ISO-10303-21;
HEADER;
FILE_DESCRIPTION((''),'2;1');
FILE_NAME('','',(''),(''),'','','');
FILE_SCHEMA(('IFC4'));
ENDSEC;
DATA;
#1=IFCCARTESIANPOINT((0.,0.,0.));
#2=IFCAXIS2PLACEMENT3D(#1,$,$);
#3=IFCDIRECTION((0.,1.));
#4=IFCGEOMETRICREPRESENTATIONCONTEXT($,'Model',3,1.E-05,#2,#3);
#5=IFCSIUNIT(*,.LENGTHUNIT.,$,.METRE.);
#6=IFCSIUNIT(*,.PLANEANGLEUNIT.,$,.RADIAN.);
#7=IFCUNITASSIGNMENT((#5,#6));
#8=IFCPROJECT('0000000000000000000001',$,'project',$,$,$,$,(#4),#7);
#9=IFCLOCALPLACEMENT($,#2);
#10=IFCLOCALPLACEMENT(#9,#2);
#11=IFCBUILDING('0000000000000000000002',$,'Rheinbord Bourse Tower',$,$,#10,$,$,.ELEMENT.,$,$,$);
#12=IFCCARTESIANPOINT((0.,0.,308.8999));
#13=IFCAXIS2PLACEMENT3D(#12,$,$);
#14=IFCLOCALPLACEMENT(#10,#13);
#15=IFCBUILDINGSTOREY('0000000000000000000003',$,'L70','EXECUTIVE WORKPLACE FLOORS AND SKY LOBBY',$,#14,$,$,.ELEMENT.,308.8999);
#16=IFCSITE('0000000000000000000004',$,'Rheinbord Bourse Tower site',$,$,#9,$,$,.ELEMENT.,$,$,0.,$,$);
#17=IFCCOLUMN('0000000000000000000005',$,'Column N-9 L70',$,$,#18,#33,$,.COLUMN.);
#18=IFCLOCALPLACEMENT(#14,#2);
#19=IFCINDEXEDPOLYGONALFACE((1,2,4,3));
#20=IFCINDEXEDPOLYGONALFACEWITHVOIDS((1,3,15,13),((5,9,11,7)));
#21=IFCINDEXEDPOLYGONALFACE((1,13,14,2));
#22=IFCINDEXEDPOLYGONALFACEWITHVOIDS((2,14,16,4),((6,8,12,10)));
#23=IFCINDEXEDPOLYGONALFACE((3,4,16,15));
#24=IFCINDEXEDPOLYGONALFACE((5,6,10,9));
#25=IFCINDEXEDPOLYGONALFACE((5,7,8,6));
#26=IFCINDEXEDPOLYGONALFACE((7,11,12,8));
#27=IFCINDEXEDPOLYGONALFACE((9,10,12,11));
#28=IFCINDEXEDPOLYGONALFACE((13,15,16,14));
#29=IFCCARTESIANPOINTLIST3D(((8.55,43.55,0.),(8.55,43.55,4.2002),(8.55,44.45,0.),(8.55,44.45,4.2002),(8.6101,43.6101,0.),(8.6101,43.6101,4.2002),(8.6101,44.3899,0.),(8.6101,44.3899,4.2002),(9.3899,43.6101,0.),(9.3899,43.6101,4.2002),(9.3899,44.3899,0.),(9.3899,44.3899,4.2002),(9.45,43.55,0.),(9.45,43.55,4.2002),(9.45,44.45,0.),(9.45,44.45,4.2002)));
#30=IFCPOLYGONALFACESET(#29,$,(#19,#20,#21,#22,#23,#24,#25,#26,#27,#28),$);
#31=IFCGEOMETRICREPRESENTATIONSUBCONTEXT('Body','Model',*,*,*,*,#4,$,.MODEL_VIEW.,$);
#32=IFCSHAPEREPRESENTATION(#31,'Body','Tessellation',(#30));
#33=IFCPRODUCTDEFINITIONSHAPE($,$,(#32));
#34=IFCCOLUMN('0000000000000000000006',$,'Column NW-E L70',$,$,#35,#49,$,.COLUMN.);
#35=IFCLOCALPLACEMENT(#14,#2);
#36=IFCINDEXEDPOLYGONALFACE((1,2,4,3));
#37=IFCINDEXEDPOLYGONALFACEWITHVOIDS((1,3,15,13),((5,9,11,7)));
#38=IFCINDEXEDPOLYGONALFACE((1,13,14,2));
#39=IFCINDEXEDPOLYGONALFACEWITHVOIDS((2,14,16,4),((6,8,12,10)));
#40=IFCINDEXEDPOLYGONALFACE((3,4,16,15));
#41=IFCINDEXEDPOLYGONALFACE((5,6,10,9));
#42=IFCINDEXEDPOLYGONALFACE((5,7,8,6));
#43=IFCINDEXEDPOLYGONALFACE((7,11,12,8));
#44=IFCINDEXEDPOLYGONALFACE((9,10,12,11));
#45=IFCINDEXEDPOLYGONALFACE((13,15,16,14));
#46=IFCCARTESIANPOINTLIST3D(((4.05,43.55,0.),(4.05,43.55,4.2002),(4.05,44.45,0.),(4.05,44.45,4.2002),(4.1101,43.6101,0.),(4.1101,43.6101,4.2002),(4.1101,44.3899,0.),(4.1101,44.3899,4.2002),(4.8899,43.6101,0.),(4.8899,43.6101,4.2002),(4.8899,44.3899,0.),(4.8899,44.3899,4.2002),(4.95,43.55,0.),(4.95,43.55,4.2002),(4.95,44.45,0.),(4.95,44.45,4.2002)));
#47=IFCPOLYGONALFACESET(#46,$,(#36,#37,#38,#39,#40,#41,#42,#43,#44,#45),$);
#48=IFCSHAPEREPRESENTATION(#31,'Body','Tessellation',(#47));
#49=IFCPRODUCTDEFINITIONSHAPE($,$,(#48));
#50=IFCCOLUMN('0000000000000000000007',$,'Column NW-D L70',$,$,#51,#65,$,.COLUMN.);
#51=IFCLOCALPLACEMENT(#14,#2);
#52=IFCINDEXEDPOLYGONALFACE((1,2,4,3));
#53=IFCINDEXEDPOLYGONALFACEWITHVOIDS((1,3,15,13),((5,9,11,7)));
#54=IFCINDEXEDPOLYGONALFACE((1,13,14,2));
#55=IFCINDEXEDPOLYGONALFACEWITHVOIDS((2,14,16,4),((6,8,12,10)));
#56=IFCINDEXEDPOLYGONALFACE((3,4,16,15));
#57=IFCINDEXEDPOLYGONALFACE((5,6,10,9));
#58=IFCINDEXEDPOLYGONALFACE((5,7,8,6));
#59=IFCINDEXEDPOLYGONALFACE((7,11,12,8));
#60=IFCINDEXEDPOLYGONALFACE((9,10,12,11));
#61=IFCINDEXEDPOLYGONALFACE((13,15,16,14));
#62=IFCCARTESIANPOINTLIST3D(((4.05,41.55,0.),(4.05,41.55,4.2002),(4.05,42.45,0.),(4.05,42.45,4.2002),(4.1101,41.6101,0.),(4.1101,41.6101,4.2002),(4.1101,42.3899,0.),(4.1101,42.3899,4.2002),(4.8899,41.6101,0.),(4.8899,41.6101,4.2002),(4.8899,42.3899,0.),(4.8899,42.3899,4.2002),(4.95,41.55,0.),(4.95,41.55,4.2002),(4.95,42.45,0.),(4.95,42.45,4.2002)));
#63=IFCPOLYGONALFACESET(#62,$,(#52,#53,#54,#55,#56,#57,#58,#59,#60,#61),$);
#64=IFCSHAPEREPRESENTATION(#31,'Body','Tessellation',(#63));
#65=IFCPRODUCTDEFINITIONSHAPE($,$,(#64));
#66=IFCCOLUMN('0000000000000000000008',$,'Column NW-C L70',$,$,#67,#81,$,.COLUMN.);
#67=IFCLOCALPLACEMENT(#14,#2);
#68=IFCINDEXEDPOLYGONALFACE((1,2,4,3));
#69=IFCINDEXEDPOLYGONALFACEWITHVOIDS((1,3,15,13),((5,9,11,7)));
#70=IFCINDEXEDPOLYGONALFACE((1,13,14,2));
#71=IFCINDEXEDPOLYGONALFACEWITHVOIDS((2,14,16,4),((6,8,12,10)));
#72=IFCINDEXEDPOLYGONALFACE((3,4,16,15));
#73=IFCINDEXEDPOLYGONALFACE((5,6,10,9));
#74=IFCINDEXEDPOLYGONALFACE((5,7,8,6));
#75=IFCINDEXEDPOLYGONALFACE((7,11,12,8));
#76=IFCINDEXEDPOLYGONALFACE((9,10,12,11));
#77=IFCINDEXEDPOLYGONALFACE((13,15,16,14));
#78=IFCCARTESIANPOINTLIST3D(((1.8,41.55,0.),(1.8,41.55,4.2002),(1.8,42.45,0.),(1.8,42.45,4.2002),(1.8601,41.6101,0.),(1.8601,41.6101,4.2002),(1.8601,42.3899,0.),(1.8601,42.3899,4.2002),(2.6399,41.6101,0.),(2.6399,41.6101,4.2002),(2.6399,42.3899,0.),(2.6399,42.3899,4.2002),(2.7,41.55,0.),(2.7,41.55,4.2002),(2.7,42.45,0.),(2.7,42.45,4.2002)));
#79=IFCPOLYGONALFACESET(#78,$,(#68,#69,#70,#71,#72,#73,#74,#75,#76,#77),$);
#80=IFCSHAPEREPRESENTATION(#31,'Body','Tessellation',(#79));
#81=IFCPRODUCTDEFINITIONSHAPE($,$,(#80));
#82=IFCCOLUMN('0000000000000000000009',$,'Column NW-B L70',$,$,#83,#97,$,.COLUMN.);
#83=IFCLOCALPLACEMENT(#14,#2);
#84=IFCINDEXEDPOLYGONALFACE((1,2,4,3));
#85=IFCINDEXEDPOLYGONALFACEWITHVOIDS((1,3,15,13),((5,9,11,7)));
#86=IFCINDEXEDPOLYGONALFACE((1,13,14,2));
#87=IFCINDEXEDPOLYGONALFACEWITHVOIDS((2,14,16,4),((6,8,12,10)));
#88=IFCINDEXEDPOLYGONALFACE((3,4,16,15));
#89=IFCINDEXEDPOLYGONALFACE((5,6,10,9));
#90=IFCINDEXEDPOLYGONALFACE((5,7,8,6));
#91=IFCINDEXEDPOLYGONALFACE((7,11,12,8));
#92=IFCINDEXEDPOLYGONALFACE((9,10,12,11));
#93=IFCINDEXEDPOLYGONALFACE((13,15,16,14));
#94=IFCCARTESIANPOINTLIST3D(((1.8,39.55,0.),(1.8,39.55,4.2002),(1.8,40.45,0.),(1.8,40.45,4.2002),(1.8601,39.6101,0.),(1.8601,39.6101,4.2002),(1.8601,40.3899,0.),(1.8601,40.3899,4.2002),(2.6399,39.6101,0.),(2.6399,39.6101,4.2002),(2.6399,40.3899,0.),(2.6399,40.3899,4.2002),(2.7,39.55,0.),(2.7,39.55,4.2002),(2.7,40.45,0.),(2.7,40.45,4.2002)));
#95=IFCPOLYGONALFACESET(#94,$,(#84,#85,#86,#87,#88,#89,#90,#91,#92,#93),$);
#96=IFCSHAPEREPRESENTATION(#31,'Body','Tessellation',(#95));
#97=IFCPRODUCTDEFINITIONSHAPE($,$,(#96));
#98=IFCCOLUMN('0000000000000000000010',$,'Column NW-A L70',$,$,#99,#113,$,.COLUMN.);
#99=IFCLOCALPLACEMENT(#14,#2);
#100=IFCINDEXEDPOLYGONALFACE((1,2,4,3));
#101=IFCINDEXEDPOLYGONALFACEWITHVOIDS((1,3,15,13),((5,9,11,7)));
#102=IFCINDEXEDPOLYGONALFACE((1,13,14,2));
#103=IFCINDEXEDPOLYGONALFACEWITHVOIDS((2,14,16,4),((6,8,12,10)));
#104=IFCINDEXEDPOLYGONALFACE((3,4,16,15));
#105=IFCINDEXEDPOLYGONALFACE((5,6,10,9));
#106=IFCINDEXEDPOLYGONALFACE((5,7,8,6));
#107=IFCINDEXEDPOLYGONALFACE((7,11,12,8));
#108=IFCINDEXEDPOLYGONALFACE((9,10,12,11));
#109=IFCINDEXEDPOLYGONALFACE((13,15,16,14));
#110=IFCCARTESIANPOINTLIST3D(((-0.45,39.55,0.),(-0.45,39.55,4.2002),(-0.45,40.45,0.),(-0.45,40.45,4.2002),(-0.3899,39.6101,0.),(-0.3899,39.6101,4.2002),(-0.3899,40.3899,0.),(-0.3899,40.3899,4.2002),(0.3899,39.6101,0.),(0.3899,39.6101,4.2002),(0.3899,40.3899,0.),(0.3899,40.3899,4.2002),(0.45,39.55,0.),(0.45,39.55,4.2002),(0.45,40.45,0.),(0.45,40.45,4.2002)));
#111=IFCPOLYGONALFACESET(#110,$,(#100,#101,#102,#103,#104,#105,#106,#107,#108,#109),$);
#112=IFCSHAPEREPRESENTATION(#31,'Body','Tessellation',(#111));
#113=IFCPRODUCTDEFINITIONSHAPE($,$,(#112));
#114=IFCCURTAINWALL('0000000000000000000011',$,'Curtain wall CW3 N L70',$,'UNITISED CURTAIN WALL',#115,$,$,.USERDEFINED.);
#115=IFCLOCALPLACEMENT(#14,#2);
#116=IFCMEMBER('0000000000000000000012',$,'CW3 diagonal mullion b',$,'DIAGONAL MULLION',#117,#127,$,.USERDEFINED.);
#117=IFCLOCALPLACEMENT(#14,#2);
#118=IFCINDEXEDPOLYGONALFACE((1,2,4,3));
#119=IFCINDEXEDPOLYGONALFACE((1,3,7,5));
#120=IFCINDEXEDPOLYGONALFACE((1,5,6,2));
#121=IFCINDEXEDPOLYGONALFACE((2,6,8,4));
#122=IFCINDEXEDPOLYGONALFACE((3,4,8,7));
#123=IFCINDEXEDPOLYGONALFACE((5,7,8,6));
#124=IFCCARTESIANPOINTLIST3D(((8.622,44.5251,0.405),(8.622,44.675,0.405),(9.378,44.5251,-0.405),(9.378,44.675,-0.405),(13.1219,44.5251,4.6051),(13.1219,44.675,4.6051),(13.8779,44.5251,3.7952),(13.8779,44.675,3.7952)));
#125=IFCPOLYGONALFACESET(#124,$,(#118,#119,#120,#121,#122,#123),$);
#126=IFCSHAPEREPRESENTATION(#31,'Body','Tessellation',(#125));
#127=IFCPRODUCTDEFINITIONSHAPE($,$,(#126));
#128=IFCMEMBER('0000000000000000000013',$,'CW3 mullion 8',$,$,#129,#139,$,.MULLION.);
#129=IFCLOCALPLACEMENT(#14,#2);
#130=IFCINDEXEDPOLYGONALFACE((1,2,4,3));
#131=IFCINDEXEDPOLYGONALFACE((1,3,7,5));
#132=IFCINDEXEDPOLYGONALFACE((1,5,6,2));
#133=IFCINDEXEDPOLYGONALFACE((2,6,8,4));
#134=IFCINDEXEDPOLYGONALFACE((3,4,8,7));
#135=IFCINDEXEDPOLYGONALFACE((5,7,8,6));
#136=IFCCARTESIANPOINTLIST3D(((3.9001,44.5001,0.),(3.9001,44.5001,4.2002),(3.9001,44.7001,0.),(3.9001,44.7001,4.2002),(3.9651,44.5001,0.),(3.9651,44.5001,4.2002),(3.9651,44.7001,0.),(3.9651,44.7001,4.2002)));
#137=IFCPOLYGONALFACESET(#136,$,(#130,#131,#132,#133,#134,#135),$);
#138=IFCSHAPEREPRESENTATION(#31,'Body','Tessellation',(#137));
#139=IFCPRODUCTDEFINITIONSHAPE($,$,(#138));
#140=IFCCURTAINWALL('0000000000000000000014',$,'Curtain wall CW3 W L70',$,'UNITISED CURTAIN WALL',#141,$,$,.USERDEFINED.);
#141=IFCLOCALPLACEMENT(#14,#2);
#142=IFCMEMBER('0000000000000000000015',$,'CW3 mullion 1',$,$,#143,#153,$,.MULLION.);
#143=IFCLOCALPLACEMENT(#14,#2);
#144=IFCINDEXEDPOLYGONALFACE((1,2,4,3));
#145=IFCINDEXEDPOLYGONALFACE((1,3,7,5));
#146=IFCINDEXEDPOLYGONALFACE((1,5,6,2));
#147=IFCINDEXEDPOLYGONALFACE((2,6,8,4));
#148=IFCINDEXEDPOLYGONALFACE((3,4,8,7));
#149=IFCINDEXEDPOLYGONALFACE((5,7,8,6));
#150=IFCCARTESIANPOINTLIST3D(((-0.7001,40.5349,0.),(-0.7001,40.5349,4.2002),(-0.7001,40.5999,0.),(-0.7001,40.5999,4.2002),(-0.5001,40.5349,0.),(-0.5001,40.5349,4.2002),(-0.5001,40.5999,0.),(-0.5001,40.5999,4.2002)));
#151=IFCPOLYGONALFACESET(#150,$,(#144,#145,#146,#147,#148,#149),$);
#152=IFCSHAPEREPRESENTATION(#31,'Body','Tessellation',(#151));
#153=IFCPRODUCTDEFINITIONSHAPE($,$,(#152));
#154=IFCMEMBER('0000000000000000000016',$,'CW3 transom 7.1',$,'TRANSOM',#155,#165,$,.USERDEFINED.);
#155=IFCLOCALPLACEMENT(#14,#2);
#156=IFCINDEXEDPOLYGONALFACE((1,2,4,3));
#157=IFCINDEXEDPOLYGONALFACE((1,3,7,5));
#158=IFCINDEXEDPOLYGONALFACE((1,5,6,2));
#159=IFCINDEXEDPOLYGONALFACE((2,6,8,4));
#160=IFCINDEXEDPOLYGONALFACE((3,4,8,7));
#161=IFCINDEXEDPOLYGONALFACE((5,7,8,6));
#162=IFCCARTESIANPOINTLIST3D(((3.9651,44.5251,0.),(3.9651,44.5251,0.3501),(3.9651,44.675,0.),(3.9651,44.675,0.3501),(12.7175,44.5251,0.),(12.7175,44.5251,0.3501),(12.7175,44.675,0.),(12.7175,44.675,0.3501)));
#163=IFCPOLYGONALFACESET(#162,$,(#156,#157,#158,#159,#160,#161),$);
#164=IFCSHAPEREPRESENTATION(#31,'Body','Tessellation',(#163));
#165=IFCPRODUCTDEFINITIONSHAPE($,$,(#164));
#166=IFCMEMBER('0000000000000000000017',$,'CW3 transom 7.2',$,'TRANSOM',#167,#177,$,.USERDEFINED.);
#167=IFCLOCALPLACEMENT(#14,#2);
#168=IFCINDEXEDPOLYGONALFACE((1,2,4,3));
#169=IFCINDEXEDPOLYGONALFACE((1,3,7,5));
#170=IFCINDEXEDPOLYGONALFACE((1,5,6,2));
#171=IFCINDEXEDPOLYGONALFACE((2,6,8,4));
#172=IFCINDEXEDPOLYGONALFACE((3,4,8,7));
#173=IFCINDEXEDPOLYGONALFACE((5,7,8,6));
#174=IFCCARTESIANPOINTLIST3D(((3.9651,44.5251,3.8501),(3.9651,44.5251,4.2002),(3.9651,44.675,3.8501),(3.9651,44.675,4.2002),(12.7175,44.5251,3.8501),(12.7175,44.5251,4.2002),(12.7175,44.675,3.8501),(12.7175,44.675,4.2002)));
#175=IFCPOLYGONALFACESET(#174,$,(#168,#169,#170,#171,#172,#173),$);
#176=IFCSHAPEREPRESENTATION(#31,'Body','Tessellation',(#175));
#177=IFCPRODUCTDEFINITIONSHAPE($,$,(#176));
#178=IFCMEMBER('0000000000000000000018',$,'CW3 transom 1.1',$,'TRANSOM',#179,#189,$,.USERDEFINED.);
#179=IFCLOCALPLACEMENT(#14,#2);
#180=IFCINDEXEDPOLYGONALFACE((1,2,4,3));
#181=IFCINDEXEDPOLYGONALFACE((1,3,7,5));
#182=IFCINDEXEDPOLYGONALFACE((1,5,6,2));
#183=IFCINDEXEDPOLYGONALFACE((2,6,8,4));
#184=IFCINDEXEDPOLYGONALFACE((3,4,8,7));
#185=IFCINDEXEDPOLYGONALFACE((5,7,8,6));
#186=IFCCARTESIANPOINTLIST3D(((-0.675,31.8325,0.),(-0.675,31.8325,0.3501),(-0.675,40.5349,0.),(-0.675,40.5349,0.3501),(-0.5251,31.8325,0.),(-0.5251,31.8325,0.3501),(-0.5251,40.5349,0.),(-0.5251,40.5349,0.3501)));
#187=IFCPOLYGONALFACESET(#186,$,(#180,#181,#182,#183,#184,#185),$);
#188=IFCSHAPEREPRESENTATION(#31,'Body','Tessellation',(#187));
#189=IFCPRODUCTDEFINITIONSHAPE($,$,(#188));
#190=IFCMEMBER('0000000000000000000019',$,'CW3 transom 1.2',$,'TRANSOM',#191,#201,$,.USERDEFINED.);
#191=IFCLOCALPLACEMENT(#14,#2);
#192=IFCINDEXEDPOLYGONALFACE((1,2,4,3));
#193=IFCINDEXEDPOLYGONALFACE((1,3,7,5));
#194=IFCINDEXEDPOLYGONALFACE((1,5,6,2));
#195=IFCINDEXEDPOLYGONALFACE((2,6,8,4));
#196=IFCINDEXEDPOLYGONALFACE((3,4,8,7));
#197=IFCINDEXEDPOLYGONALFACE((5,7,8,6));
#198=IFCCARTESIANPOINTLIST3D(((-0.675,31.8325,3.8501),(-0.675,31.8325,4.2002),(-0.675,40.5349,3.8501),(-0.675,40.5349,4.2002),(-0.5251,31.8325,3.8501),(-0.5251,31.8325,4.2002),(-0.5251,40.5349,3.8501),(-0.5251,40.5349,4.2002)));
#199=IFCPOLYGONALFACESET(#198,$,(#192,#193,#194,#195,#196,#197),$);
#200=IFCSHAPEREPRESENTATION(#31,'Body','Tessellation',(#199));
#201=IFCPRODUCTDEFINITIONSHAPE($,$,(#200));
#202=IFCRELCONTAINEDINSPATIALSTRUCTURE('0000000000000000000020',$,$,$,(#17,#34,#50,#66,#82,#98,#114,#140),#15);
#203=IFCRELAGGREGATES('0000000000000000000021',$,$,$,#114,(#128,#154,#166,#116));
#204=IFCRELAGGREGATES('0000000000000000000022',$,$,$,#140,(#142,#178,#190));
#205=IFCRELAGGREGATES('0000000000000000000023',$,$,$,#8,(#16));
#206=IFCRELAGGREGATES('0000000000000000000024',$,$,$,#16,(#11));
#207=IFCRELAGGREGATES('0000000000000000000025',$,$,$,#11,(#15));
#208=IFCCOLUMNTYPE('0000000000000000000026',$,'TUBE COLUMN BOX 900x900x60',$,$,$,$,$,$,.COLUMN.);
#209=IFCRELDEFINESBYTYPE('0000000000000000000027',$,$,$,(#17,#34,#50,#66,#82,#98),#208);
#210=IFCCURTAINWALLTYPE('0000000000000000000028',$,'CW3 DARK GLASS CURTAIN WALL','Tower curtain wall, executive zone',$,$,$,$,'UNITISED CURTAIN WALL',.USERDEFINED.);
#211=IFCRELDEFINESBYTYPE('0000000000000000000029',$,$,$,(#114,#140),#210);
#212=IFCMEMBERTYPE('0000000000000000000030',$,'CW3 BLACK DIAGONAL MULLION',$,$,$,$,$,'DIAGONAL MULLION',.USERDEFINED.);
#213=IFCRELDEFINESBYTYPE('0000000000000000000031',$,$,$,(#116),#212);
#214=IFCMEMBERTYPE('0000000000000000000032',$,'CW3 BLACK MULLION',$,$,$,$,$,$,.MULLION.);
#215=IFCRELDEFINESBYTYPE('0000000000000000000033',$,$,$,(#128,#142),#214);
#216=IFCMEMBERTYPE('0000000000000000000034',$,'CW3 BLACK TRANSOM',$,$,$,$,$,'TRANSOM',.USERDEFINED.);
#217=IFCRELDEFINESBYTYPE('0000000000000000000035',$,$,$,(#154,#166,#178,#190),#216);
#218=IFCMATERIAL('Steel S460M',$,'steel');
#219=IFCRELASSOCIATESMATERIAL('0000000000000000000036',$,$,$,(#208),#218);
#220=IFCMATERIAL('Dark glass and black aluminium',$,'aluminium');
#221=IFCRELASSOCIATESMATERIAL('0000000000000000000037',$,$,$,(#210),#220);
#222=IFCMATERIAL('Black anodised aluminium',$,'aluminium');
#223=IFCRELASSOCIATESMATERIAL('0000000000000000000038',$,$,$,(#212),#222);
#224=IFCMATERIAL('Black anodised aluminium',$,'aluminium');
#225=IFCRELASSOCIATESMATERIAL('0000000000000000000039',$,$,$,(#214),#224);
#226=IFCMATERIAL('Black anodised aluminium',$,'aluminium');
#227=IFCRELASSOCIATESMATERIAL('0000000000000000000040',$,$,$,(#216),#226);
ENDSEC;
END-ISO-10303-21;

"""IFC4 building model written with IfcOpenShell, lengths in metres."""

from ifc_helpers import new_model, si_unit, direction, frame, origin, origin_2d, place, context, subcontext, project, spatial, rectangle, hollow_rectangle, extrude, material, material_profile, profile_set, type_object, element, aggregate, save


model = new_model("IFC4")

# Units and contexts
model_context = context("Model", 3, precision=1e-05, world=origin(), true_north=direction((0.0, 1.0)))
body_context = subcontext(model_context, "Body", "Model", "MODEL_VIEW")
ifc_project = project(units=[si_unit("LENGTHUNIT", "METRE"), si_unit("PLANEANGLEUNIT", "RADIAN")], contexts=[model_context])

# Site, building, storey
site_placement = place(None, origin())
site = spatial("IfcSite", under=ifc_project, at=site_placement, Name="Rheinbord Bourse Tower site", CompositionType="ELEMENT", RefElevation=0.0)
building_placement = place(site_placement, origin())
building = spatial("IfcBuilding", under=site, at=building_placement, Name="Rheinbord Bourse Tower", CompositionType="ELEMENT")
storey_placement = place(building_placement, frame((0.0, 0.0, 308.8999)))
storey = spatial("IfcBuildingStorey", under=building, at=storey_placement, Name="L70", Description="EXECUTIVE WORKPLACE FLOORS AND SKY LOBBY", CompositionType="ELEMENT", Elevation=308.8999)

# Columns
ifc_material_1 = material(Name="Steel S460M", Category="steel")
ifc_material_profile_1 = material_profile(ifc_material_1, hollow_rectangle(XDim=0.8999, YDim=0.8999, WallThickness=0.0601, at=origin_2d()), Name="BOX 900x900x60")
ifc_profile_set_1 = profile_set([ifc_material_profile_1], Name="Steel S460M")
column_type = type_object("IfcColumnType", Name="TUBE COLUMN BOX 900x900x60", PredefinedType="COLUMN", material=ifc_profile_set_1)
for number, where, z_axis, x_axis, name in (
    (1, (9.0, 44.0, 0.0), (0.0, 0.0, 1.0), (0.0, 1.0, 0.0), "Column N-9 L70"),
    (2, (4.5, 44.0, 0.0), (0.0, 0.0, 1.0), (0.0, 1.0, 0.0), "Column NW-E L70"),
    (3, (4.5, 42.0, 0.0), (0.0, 0.0, 1.0), (0.0, 1.0, 0.0), "Column NW-D L70"),
    (4, (2.25, 42.0, 0.0), (0.0, 0.0, 1.0), (1.0, 0.0, 0.0), "Column NW-C L70"),
    (5, (2.25, 40.0, 0.0), (0.0, 0.0, 1.0), (1.0, 0.0, 0.0), "Column NW-B L70"),
    (6, (0.0, 40.0, 0.0), (0.0, 0.0, 1.0), (1.0, 0.0, 0.0), "Column NW-A L70"),
):
    element("IfcColumn", number, at=place(storey_placement, frame(where, z_axis=z_axis, x_axis=x_axis)), inside=storey, type_object=column_type, Name=name, PredefinedType="COLUMN", context=body_context, shape_type="SweptSolid", body=[
        extrude(hollow_rectangle(XDim=0.8999, YDim=0.8999, WallThickness=0.0601, at=origin_2d()), origin(), (0.0, 0.0, 1.0), 4.2002),
    ])

# Curtain wall, members
ifc_material_2 = material(Name="Dark glass and black aluminium", Category="aluminium")
curtain_wall_type = type_object("IfcCurtainWallType", Name="CW3 DARK GLASS CURTAIN WALL", Description="Tower curtain wall, executive zone", ElementType="UNITISED CURTAIN WALL", PredefinedType="USERDEFINED", material=ifc_material_2)
curtain_wall_1_placement = place(storey_placement, origin())
curtain_wall_1 = element("IfcCurtainWall", 7, at=curtain_wall_1_placement, inside=storey, type_object=curtain_wall_type, Name="Curtain wall CW3 N L70", ObjectType="UNITISED CURTAIN WALL", PredefinedType="USERDEFINED")
ifc_material_3 = material(Name="Black anodised aluminium", Category="aluminium")
ifc_material_profile_2 = material_profile(ifc_material_3, rectangle(XDim=0.1499, YDim=1.1079, at=origin_2d()), Name="CW3 DIAGONAL MULLION 1108x150")
ifc_profile_set_2 = profile_set([ifc_material_profile_2], Name="Black anodised aluminium")
member_type_1 = type_object("IfcMemberType", Name="CW3 BLACK DIAGONAL MULLION", ElementType="DIAGONAL MULLION", PredefinedType="USERDEFINED", material=ifc_profile_set_2)
member_1_placement = place(storey_placement, frame((9.0, 44.6001, 0.0), z_axis=(0.731039, 0.0, 0.682335), x_axis=(0.0, 1.0, 0.0)))
member_1 = element("IfcMember", 8, at=member_1_placement, type_object=member_type_1, Name="CW3 diagonal mullion b", ObjectType="DIAGONAL MULLION", PredefinedType="USERDEFINED", context=body_context, shape_type="SweptSolid", body=[
    extrude(rectangle(XDim=0.1499, YDim=1.1079, at=origin_2d()), origin(), (0.0, 0.0, 1.0), 6.1555),
])
ifc_material_4 = material(Name="Black anodised aluminium", Category="aluminium")
ifc_material_profile_3 = material_profile(ifc_material_4, rectangle(XDim=0.2, YDim=0.0649, at=origin_2d()), Name="CW3 MULLION 65x200")
ifc_profile_set_3 = profile_set([ifc_material_profile_3], Name="Black anodised aluminium")
member_type_2 = type_object("IfcMemberType", Name="CW3 BLACK MULLION", PredefinedType="MULLION", material=ifc_profile_set_3)
member_2_placement = place(storey_placement, frame((3.9326, 44.6001, 0.0), z_axis=(0.0, 0.0, 1.0), x_axis=(0.0, -1.0, 0.0)))
member_2 = element("IfcMember", 9, at=member_2_placement, type_object=member_type_2, Name="CW3 mullion 8", PredefinedType="MULLION", context=body_context, shape_type="SweptSolid", body=[
    extrude(rectangle(XDim=0.2, YDim=0.0649, at=origin_2d()), origin(), (0.0, 0.0, 1.0), 4.2002),
])

# Curtain wall, member
curtain_wall_2_placement = place(storey_placement, origin())
curtain_wall_2 = element("IfcCurtainWall", 10, at=curtain_wall_2_placement, inside=storey, type_object=curtain_wall_type, Name="Curtain wall CW3 W L70", ObjectType="UNITISED CURTAIN WALL", PredefinedType="USERDEFINED")
member_3_placement = place(storey_placement, frame((-0.6001, 40.5674, 0.0), z_axis=(0.0, 0.0, 1.0), x_axis=(1.0, 0.0, 0.0)))
member_3 = element("IfcMember", 11, at=member_3_placement, type_object=member_type_2, Name="CW3 mullion 1", PredefinedType="MULLION", context=body_context, shape_type="SweptSolid", body=[
    extrude(rectangle(XDim=0.2, YDim=0.0649, at=origin_2d()), origin(), (0.0, 0.0, 1.0), 4.2002),
])

# Members
ifc_material_5 = material(Name="Black anodised aluminium", Category="aluminium")
ifc_material_profile_4 = material_profile(ifc_material_5, rectangle(XDim=0.1499, YDim=0.3501, at=origin_2d()), Name="CW3 TRANSOM 350x150")
ifc_profile_set_4 = profile_set([ifc_material_profile_4], Name="Black anodised aluminium")
member_type_3 = type_object("IfcMemberType", Name="CW3 BLACK TRANSOM", ElementType="TRANSOM", PredefinedType="USERDEFINED", material=ifc_profile_set_4)
member_4_placement = place(storey_placement, frame((12.7175, 44.6001, 0.175), z_axis=(-1.0, 0.0, 0.0), x_axis=(0.0, -1.0, 0.0)))
member_4 = element("IfcMember", 12, at=member_4_placement, type_object=member_type_3, Name="CW3 transom 7.1", ObjectType="TRANSOM", PredefinedType="USERDEFINED", context=body_context, shape_type="SweptSolid", body=[
    extrude(rectangle(XDim=0.1499, YDim=0.3501, at=origin_2d()), origin(), (0.0, 0.0, 1.0), 8.7524),
])
member_5_placement = place(storey_placement, frame((12.7175, 44.6001, 4.0251), z_axis=(-1.0, 0.0, 0.0), x_axis=(0.0, -1.0, 0.0)))
member_5 = element("IfcMember", 13, at=member_5_placement, type_object=member_type_3, Name="CW3 transom 7.2", ObjectType="TRANSOM", PredefinedType="USERDEFINED", context=body_context, shape_type="SweptSolid", body=[
    extrude(rectangle(XDim=0.1499, YDim=0.3501, at=origin_2d()), origin(), (0.0, 0.0, 1.0), 8.7524),
])
member_6_placement = place(storey_placement, frame((-0.6001, 40.5349, 0.175), z_axis=(0.0, -1.0, 0.0), x_axis=(1.0, 0.0, 0.0)))
member_6 = element("IfcMember", 14, at=member_6_placement, type_object=member_type_3, Name="CW3 transom 1.1", ObjectType="TRANSOM", PredefinedType="USERDEFINED", context=body_context, shape_type="SweptSolid", body=[
    extrude(rectangle(XDim=0.1499, YDim=0.3501, at=origin_2d()), origin(), (0.0, 0.0, 1.0), 8.7024),
])
member_7_placement = place(storey_placement, frame((-0.6001, 40.5349, 4.0251), z_axis=(0.0, -1.0, 0.0), x_axis=(1.0, 0.0, 0.0)))
member_7 = element("IfcMember", 15, at=member_7_placement, type_object=member_type_3, Name="CW3 transom 1.2", ObjectType="TRANSOM", PredefinedType="USERDEFINED", context=body_context, shape_type="SweptSolid", body=[
    extrude(rectangle(XDim=0.1499, YDim=0.3501, at=origin_2d()), origin(), (0.0, 0.0, 1.0), 8.7024),
])

aggregate(curtain_wall_1, [member_2, member_4, member_5, member_1])
aggregate(curtain_wall_2, [member_3, member_6, member_7])

save(model, "model.ifc")
